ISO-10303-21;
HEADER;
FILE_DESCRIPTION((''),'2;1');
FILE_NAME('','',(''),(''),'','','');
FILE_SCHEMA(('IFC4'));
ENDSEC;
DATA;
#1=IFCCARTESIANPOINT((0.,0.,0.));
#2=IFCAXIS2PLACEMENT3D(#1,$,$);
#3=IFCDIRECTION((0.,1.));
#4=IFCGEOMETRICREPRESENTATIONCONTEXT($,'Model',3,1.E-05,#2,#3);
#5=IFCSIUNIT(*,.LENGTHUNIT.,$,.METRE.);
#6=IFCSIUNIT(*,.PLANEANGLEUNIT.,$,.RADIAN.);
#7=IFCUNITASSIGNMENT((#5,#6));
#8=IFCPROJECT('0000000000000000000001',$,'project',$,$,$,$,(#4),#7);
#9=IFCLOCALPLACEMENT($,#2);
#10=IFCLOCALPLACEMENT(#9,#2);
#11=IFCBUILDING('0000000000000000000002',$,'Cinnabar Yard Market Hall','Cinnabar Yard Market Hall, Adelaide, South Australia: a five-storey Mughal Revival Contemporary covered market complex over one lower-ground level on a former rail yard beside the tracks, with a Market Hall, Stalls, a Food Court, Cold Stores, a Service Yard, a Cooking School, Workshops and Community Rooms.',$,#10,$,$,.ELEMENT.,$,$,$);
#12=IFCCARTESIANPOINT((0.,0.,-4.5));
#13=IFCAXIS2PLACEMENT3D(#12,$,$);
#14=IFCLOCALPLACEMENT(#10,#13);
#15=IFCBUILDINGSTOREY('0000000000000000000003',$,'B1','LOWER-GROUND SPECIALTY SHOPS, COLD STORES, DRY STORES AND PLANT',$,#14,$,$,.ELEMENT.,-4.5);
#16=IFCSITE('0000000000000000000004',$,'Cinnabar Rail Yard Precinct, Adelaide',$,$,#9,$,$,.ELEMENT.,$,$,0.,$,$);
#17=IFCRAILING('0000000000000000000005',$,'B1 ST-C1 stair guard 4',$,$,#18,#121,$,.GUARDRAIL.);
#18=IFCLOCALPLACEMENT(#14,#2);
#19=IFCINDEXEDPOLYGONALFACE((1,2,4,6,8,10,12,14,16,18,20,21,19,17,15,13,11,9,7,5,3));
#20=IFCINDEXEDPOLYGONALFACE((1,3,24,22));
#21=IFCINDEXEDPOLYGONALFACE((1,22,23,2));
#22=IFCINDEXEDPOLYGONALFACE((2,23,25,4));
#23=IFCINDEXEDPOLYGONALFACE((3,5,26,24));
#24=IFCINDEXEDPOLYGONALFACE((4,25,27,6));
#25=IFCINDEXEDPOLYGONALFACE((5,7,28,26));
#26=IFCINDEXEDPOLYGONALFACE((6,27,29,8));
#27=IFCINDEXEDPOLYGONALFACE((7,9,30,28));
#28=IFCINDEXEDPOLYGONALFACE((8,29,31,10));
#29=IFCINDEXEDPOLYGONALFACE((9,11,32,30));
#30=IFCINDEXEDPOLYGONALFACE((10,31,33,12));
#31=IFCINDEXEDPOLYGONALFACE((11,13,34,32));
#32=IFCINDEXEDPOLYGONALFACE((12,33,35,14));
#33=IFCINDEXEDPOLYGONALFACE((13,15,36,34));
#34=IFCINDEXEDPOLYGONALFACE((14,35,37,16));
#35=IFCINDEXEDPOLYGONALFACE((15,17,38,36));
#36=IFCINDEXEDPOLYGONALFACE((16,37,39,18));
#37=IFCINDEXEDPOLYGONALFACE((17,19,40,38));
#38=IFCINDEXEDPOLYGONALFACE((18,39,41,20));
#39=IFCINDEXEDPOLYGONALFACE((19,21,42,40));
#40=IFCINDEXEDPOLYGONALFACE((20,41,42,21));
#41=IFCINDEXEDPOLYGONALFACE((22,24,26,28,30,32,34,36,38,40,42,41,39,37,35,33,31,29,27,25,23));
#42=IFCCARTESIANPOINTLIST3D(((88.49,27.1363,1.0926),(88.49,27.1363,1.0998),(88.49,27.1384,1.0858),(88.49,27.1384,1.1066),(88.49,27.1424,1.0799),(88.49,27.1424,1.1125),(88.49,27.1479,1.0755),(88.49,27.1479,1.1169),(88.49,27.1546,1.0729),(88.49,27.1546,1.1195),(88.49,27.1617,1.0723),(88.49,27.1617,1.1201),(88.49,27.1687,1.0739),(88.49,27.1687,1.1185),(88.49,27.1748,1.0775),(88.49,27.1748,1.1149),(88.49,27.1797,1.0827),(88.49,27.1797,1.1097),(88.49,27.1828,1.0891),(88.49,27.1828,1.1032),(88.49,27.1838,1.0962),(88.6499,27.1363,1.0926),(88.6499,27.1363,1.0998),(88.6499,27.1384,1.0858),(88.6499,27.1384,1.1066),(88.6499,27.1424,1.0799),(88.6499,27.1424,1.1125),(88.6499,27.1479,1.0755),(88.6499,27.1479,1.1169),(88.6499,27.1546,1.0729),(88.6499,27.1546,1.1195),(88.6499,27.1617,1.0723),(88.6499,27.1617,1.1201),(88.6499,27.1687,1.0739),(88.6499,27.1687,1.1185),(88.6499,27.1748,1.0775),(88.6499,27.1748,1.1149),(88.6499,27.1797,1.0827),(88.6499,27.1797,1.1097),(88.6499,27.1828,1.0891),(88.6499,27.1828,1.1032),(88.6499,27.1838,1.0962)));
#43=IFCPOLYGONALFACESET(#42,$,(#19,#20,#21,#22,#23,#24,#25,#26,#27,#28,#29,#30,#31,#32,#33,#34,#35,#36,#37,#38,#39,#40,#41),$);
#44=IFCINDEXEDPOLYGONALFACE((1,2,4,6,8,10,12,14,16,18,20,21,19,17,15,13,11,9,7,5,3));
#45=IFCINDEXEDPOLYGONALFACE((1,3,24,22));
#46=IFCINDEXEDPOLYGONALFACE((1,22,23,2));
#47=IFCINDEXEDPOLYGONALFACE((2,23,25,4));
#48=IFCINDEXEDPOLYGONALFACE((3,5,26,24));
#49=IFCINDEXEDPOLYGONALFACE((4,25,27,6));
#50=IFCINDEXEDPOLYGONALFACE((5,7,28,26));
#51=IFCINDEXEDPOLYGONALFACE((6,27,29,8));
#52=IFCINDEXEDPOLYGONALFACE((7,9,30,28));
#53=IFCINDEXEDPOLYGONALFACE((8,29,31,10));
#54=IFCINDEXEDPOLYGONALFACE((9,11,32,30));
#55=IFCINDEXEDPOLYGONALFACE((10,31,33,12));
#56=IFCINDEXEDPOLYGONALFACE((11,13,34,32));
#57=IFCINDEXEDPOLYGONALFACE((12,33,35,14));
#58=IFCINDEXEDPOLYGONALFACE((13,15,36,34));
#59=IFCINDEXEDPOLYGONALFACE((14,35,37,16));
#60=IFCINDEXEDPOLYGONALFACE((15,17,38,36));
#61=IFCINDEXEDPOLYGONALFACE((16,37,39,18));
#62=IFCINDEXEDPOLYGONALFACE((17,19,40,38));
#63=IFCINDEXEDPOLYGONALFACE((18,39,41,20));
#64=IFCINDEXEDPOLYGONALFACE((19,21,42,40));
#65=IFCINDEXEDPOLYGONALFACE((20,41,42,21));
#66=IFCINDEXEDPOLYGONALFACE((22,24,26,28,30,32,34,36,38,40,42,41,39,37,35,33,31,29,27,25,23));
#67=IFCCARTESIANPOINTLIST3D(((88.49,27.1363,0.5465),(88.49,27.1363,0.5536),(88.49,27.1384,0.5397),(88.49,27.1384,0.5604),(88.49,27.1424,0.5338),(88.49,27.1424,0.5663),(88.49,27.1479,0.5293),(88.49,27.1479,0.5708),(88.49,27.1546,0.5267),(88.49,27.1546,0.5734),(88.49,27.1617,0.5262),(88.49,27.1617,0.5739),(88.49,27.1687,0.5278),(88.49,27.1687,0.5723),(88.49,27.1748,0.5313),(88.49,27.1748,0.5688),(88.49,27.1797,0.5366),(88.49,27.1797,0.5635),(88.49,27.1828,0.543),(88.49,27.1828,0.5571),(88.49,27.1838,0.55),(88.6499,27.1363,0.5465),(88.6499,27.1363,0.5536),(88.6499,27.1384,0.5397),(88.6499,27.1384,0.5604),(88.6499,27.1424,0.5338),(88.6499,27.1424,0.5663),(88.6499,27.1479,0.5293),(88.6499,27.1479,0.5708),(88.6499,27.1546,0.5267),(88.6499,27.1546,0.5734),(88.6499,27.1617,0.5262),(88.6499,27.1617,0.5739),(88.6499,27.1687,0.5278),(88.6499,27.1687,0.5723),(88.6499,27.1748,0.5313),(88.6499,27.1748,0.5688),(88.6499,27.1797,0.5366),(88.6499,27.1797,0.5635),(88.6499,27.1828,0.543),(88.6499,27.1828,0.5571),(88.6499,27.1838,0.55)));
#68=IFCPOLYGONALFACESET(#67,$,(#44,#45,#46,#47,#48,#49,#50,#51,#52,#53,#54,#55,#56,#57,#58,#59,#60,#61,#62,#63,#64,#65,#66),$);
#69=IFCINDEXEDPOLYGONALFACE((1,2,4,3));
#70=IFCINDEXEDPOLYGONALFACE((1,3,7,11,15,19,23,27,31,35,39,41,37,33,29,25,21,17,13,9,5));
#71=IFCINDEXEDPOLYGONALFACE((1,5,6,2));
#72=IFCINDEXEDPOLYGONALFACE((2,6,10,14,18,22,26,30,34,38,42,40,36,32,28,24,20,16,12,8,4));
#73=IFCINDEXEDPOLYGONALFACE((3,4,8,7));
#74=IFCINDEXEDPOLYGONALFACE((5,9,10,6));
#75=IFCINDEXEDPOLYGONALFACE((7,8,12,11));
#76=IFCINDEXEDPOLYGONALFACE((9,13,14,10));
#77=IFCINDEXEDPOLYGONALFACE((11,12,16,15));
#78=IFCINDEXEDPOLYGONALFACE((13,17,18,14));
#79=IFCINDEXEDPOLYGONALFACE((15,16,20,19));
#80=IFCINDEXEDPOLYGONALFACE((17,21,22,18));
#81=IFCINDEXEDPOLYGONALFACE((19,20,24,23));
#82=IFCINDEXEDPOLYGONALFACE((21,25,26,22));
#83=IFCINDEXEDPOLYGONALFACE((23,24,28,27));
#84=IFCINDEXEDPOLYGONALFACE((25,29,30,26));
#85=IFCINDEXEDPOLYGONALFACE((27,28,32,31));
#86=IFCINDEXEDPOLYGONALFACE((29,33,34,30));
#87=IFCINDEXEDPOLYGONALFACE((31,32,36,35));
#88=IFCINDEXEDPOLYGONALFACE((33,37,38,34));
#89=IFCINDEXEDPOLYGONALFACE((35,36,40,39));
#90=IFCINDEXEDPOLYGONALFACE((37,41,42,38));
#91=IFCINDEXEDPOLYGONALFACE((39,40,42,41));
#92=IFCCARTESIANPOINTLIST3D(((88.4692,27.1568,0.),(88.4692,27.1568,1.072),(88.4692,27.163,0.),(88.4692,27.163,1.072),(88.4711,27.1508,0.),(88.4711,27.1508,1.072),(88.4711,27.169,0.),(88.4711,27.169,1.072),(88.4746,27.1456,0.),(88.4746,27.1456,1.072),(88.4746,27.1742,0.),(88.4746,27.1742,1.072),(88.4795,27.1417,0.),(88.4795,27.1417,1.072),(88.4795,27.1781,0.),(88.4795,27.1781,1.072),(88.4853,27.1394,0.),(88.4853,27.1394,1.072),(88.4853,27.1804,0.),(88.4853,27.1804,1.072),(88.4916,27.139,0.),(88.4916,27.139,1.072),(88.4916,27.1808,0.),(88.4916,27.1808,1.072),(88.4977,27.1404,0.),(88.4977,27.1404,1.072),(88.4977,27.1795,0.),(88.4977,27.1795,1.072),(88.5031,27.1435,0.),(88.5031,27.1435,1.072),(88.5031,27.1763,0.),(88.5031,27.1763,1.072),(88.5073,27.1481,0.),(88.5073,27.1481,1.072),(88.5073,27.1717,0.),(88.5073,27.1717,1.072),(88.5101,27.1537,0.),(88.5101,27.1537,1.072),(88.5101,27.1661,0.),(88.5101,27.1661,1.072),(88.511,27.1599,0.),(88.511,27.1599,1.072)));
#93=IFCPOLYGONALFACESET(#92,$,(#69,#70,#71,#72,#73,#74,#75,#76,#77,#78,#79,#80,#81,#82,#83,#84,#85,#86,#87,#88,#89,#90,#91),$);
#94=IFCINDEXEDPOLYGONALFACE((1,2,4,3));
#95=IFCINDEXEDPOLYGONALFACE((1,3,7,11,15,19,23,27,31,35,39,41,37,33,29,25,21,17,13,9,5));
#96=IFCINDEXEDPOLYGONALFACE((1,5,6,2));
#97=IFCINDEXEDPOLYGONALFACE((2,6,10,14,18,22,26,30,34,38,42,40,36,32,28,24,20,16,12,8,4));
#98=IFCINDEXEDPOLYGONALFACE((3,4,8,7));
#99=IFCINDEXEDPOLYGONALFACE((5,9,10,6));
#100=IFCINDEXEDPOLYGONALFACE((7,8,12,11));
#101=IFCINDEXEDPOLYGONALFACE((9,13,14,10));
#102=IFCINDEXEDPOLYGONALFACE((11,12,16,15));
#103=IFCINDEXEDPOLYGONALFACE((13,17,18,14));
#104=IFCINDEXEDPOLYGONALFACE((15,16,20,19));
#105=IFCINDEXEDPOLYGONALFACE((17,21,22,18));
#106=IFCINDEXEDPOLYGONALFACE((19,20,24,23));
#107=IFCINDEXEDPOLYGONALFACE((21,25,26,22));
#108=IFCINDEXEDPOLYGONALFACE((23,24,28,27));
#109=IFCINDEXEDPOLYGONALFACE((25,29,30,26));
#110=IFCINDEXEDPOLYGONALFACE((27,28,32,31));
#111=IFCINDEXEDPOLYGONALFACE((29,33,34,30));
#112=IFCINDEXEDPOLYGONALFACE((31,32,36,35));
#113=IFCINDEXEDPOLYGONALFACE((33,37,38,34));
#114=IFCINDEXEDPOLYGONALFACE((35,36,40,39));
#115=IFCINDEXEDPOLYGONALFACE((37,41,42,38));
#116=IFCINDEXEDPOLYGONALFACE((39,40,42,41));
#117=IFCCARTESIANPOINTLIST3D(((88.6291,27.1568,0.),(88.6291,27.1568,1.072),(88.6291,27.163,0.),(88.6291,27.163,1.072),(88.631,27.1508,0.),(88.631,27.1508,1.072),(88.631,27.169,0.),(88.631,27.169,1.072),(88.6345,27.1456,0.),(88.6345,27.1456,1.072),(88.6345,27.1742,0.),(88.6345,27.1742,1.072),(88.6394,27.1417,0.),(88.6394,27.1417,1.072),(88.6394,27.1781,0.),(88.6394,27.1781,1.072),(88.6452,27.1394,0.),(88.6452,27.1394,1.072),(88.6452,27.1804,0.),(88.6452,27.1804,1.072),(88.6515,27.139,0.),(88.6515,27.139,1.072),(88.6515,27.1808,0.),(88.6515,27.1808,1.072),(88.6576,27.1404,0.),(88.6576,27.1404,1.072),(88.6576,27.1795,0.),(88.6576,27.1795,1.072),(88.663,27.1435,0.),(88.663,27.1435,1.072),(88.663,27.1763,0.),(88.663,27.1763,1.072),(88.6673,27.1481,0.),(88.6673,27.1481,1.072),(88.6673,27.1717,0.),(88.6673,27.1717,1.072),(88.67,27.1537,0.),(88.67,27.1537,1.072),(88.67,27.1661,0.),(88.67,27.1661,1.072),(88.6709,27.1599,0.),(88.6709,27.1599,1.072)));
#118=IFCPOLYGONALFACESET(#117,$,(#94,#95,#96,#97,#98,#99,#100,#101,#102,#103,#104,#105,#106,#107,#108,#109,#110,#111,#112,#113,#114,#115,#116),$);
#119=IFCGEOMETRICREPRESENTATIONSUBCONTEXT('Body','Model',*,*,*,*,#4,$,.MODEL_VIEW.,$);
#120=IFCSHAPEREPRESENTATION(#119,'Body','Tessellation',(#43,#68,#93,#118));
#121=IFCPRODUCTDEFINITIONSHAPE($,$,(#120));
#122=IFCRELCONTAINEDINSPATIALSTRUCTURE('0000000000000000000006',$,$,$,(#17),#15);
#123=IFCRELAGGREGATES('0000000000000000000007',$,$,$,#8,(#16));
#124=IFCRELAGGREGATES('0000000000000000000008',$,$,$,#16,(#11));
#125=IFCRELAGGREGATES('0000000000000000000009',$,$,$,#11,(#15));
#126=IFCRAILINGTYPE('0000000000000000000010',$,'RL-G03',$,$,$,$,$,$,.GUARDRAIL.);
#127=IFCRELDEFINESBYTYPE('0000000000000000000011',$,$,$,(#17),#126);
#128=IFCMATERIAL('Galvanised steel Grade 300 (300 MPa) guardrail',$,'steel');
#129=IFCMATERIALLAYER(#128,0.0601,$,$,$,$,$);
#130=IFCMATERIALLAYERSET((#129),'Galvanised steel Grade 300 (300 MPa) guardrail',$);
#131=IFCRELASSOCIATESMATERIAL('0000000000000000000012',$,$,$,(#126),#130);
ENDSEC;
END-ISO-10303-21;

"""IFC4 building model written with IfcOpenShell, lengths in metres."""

from ifc_helpers import new_model, si_unit, direction, frame, origin, origin_2d_with_axis, place, context, subcontext, project, spatial, circle, extrude, material, layer, layer_set, type_object, element, save


model = new_model("IFC4")

# Units and contexts
model_context = context("Model", 3, precision=1e-05, world=origin(), true_north=direction((0.0, 1.0)))
body_context = subcontext(model_context, "Body", "Model", "MODEL_VIEW")
ifc_project = project(units=[si_unit("LENGTHUNIT", "METRE"), si_unit("PLANEANGLEUNIT", "RADIAN")], contexts=[model_context])

# Site, building, storey
site_placement = place(None, origin())
site = spatial("IfcSite", under=ifc_project, at=site_placement, Name="Cinnabar Rail Yard Precinct, Adelaide", CompositionType="ELEMENT", RefElevation=0.0)
building_placement = place(site_placement, origin())
building = spatial("IfcBuilding", under=site, at=building_placement, Name="Cinnabar Yard Market Hall", Description="Cinnabar Yard Market Hall, Adelaide, South Australia: a five-storey Mughal Revival Contemporary covered market complex over one lower-ground level on a former rail yard beside the tracks, with a Market Hall, Stalls, a Food Court, Cold Stores, a Service Yard, a Cooking School, Workshops and Community Rooms.", CompositionType="ELEMENT")
storey_placement = place(building_placement, frame((0.0, 0.0, -4.5)))
storey = spatial("IfcBuildingStorey", under=building, at=storey_placement, Name="B1", Description="LOWER-GROUND SPECIALTY SHOPS, COLD STORES, DRY STORES AND PLANT", CompositionType="ELEMENT", Elevation=-4.5)

# Railing
ifc_material_1 = material(Name="Galvanised steel Grade 300 (300 MPa) guardrail", Category="steel")
ifc_layer_1 = layer(ifc_material_1, 0.0601)
ifc_layer_set_1 = layer_set([ifc_layer_1], Name="Galvanised steel Grade 300 (300 MPa) guardrail")
railing_type_1 = type_object("IfcRailingType", Name="RL-G03", PredefinedType="GUARDRAIL", material=ifc_layer_set_1)
railing_1_placement = place(storey_placement, frame((88.49, 27.1599, 0.0)))
element("IfcRailing", 1, at=railing_1_placement, inside=storey, type_object=railing_type_1, Name="B1 ST-C1 stair guard 4", PredefinedType="GUARDRAIL", context=body_context, shape_type="SweptSolid", body=[
    extrude(circle(Radius=0.0239, at=origin_2d_with_axis()), frame((0.0, 0.0, 1.0962), z_axis=(1.0, 0.0, 0.0), x_axis=(0.0, 1.0, 0.0)), (0.0, 0.0, 1.0), 0.1599),
    extrude(circle(Radius=0.0239, at=origin_2d_with_axis()), frame((0.0, 0.0, 0.55), z_axis=(1.0, 0.0, 0.0), x_axis=(0.0, 1.0, 0.0)), (0.0, 0.0, 1.0), 0.1599),
    extrude(circle(Radius=0.021, at=origin_2d_with_axis()), origin(), (0.0, 0.0, 1.0), 1.072),
    extrude(circle(Radius=0.021, at=origin_2d_with_axis()), frame((0.1599, 0.0, 0.0)), (0.0, 0.0, 1.0), 1.072),
])

save(model, "model.ifc")
